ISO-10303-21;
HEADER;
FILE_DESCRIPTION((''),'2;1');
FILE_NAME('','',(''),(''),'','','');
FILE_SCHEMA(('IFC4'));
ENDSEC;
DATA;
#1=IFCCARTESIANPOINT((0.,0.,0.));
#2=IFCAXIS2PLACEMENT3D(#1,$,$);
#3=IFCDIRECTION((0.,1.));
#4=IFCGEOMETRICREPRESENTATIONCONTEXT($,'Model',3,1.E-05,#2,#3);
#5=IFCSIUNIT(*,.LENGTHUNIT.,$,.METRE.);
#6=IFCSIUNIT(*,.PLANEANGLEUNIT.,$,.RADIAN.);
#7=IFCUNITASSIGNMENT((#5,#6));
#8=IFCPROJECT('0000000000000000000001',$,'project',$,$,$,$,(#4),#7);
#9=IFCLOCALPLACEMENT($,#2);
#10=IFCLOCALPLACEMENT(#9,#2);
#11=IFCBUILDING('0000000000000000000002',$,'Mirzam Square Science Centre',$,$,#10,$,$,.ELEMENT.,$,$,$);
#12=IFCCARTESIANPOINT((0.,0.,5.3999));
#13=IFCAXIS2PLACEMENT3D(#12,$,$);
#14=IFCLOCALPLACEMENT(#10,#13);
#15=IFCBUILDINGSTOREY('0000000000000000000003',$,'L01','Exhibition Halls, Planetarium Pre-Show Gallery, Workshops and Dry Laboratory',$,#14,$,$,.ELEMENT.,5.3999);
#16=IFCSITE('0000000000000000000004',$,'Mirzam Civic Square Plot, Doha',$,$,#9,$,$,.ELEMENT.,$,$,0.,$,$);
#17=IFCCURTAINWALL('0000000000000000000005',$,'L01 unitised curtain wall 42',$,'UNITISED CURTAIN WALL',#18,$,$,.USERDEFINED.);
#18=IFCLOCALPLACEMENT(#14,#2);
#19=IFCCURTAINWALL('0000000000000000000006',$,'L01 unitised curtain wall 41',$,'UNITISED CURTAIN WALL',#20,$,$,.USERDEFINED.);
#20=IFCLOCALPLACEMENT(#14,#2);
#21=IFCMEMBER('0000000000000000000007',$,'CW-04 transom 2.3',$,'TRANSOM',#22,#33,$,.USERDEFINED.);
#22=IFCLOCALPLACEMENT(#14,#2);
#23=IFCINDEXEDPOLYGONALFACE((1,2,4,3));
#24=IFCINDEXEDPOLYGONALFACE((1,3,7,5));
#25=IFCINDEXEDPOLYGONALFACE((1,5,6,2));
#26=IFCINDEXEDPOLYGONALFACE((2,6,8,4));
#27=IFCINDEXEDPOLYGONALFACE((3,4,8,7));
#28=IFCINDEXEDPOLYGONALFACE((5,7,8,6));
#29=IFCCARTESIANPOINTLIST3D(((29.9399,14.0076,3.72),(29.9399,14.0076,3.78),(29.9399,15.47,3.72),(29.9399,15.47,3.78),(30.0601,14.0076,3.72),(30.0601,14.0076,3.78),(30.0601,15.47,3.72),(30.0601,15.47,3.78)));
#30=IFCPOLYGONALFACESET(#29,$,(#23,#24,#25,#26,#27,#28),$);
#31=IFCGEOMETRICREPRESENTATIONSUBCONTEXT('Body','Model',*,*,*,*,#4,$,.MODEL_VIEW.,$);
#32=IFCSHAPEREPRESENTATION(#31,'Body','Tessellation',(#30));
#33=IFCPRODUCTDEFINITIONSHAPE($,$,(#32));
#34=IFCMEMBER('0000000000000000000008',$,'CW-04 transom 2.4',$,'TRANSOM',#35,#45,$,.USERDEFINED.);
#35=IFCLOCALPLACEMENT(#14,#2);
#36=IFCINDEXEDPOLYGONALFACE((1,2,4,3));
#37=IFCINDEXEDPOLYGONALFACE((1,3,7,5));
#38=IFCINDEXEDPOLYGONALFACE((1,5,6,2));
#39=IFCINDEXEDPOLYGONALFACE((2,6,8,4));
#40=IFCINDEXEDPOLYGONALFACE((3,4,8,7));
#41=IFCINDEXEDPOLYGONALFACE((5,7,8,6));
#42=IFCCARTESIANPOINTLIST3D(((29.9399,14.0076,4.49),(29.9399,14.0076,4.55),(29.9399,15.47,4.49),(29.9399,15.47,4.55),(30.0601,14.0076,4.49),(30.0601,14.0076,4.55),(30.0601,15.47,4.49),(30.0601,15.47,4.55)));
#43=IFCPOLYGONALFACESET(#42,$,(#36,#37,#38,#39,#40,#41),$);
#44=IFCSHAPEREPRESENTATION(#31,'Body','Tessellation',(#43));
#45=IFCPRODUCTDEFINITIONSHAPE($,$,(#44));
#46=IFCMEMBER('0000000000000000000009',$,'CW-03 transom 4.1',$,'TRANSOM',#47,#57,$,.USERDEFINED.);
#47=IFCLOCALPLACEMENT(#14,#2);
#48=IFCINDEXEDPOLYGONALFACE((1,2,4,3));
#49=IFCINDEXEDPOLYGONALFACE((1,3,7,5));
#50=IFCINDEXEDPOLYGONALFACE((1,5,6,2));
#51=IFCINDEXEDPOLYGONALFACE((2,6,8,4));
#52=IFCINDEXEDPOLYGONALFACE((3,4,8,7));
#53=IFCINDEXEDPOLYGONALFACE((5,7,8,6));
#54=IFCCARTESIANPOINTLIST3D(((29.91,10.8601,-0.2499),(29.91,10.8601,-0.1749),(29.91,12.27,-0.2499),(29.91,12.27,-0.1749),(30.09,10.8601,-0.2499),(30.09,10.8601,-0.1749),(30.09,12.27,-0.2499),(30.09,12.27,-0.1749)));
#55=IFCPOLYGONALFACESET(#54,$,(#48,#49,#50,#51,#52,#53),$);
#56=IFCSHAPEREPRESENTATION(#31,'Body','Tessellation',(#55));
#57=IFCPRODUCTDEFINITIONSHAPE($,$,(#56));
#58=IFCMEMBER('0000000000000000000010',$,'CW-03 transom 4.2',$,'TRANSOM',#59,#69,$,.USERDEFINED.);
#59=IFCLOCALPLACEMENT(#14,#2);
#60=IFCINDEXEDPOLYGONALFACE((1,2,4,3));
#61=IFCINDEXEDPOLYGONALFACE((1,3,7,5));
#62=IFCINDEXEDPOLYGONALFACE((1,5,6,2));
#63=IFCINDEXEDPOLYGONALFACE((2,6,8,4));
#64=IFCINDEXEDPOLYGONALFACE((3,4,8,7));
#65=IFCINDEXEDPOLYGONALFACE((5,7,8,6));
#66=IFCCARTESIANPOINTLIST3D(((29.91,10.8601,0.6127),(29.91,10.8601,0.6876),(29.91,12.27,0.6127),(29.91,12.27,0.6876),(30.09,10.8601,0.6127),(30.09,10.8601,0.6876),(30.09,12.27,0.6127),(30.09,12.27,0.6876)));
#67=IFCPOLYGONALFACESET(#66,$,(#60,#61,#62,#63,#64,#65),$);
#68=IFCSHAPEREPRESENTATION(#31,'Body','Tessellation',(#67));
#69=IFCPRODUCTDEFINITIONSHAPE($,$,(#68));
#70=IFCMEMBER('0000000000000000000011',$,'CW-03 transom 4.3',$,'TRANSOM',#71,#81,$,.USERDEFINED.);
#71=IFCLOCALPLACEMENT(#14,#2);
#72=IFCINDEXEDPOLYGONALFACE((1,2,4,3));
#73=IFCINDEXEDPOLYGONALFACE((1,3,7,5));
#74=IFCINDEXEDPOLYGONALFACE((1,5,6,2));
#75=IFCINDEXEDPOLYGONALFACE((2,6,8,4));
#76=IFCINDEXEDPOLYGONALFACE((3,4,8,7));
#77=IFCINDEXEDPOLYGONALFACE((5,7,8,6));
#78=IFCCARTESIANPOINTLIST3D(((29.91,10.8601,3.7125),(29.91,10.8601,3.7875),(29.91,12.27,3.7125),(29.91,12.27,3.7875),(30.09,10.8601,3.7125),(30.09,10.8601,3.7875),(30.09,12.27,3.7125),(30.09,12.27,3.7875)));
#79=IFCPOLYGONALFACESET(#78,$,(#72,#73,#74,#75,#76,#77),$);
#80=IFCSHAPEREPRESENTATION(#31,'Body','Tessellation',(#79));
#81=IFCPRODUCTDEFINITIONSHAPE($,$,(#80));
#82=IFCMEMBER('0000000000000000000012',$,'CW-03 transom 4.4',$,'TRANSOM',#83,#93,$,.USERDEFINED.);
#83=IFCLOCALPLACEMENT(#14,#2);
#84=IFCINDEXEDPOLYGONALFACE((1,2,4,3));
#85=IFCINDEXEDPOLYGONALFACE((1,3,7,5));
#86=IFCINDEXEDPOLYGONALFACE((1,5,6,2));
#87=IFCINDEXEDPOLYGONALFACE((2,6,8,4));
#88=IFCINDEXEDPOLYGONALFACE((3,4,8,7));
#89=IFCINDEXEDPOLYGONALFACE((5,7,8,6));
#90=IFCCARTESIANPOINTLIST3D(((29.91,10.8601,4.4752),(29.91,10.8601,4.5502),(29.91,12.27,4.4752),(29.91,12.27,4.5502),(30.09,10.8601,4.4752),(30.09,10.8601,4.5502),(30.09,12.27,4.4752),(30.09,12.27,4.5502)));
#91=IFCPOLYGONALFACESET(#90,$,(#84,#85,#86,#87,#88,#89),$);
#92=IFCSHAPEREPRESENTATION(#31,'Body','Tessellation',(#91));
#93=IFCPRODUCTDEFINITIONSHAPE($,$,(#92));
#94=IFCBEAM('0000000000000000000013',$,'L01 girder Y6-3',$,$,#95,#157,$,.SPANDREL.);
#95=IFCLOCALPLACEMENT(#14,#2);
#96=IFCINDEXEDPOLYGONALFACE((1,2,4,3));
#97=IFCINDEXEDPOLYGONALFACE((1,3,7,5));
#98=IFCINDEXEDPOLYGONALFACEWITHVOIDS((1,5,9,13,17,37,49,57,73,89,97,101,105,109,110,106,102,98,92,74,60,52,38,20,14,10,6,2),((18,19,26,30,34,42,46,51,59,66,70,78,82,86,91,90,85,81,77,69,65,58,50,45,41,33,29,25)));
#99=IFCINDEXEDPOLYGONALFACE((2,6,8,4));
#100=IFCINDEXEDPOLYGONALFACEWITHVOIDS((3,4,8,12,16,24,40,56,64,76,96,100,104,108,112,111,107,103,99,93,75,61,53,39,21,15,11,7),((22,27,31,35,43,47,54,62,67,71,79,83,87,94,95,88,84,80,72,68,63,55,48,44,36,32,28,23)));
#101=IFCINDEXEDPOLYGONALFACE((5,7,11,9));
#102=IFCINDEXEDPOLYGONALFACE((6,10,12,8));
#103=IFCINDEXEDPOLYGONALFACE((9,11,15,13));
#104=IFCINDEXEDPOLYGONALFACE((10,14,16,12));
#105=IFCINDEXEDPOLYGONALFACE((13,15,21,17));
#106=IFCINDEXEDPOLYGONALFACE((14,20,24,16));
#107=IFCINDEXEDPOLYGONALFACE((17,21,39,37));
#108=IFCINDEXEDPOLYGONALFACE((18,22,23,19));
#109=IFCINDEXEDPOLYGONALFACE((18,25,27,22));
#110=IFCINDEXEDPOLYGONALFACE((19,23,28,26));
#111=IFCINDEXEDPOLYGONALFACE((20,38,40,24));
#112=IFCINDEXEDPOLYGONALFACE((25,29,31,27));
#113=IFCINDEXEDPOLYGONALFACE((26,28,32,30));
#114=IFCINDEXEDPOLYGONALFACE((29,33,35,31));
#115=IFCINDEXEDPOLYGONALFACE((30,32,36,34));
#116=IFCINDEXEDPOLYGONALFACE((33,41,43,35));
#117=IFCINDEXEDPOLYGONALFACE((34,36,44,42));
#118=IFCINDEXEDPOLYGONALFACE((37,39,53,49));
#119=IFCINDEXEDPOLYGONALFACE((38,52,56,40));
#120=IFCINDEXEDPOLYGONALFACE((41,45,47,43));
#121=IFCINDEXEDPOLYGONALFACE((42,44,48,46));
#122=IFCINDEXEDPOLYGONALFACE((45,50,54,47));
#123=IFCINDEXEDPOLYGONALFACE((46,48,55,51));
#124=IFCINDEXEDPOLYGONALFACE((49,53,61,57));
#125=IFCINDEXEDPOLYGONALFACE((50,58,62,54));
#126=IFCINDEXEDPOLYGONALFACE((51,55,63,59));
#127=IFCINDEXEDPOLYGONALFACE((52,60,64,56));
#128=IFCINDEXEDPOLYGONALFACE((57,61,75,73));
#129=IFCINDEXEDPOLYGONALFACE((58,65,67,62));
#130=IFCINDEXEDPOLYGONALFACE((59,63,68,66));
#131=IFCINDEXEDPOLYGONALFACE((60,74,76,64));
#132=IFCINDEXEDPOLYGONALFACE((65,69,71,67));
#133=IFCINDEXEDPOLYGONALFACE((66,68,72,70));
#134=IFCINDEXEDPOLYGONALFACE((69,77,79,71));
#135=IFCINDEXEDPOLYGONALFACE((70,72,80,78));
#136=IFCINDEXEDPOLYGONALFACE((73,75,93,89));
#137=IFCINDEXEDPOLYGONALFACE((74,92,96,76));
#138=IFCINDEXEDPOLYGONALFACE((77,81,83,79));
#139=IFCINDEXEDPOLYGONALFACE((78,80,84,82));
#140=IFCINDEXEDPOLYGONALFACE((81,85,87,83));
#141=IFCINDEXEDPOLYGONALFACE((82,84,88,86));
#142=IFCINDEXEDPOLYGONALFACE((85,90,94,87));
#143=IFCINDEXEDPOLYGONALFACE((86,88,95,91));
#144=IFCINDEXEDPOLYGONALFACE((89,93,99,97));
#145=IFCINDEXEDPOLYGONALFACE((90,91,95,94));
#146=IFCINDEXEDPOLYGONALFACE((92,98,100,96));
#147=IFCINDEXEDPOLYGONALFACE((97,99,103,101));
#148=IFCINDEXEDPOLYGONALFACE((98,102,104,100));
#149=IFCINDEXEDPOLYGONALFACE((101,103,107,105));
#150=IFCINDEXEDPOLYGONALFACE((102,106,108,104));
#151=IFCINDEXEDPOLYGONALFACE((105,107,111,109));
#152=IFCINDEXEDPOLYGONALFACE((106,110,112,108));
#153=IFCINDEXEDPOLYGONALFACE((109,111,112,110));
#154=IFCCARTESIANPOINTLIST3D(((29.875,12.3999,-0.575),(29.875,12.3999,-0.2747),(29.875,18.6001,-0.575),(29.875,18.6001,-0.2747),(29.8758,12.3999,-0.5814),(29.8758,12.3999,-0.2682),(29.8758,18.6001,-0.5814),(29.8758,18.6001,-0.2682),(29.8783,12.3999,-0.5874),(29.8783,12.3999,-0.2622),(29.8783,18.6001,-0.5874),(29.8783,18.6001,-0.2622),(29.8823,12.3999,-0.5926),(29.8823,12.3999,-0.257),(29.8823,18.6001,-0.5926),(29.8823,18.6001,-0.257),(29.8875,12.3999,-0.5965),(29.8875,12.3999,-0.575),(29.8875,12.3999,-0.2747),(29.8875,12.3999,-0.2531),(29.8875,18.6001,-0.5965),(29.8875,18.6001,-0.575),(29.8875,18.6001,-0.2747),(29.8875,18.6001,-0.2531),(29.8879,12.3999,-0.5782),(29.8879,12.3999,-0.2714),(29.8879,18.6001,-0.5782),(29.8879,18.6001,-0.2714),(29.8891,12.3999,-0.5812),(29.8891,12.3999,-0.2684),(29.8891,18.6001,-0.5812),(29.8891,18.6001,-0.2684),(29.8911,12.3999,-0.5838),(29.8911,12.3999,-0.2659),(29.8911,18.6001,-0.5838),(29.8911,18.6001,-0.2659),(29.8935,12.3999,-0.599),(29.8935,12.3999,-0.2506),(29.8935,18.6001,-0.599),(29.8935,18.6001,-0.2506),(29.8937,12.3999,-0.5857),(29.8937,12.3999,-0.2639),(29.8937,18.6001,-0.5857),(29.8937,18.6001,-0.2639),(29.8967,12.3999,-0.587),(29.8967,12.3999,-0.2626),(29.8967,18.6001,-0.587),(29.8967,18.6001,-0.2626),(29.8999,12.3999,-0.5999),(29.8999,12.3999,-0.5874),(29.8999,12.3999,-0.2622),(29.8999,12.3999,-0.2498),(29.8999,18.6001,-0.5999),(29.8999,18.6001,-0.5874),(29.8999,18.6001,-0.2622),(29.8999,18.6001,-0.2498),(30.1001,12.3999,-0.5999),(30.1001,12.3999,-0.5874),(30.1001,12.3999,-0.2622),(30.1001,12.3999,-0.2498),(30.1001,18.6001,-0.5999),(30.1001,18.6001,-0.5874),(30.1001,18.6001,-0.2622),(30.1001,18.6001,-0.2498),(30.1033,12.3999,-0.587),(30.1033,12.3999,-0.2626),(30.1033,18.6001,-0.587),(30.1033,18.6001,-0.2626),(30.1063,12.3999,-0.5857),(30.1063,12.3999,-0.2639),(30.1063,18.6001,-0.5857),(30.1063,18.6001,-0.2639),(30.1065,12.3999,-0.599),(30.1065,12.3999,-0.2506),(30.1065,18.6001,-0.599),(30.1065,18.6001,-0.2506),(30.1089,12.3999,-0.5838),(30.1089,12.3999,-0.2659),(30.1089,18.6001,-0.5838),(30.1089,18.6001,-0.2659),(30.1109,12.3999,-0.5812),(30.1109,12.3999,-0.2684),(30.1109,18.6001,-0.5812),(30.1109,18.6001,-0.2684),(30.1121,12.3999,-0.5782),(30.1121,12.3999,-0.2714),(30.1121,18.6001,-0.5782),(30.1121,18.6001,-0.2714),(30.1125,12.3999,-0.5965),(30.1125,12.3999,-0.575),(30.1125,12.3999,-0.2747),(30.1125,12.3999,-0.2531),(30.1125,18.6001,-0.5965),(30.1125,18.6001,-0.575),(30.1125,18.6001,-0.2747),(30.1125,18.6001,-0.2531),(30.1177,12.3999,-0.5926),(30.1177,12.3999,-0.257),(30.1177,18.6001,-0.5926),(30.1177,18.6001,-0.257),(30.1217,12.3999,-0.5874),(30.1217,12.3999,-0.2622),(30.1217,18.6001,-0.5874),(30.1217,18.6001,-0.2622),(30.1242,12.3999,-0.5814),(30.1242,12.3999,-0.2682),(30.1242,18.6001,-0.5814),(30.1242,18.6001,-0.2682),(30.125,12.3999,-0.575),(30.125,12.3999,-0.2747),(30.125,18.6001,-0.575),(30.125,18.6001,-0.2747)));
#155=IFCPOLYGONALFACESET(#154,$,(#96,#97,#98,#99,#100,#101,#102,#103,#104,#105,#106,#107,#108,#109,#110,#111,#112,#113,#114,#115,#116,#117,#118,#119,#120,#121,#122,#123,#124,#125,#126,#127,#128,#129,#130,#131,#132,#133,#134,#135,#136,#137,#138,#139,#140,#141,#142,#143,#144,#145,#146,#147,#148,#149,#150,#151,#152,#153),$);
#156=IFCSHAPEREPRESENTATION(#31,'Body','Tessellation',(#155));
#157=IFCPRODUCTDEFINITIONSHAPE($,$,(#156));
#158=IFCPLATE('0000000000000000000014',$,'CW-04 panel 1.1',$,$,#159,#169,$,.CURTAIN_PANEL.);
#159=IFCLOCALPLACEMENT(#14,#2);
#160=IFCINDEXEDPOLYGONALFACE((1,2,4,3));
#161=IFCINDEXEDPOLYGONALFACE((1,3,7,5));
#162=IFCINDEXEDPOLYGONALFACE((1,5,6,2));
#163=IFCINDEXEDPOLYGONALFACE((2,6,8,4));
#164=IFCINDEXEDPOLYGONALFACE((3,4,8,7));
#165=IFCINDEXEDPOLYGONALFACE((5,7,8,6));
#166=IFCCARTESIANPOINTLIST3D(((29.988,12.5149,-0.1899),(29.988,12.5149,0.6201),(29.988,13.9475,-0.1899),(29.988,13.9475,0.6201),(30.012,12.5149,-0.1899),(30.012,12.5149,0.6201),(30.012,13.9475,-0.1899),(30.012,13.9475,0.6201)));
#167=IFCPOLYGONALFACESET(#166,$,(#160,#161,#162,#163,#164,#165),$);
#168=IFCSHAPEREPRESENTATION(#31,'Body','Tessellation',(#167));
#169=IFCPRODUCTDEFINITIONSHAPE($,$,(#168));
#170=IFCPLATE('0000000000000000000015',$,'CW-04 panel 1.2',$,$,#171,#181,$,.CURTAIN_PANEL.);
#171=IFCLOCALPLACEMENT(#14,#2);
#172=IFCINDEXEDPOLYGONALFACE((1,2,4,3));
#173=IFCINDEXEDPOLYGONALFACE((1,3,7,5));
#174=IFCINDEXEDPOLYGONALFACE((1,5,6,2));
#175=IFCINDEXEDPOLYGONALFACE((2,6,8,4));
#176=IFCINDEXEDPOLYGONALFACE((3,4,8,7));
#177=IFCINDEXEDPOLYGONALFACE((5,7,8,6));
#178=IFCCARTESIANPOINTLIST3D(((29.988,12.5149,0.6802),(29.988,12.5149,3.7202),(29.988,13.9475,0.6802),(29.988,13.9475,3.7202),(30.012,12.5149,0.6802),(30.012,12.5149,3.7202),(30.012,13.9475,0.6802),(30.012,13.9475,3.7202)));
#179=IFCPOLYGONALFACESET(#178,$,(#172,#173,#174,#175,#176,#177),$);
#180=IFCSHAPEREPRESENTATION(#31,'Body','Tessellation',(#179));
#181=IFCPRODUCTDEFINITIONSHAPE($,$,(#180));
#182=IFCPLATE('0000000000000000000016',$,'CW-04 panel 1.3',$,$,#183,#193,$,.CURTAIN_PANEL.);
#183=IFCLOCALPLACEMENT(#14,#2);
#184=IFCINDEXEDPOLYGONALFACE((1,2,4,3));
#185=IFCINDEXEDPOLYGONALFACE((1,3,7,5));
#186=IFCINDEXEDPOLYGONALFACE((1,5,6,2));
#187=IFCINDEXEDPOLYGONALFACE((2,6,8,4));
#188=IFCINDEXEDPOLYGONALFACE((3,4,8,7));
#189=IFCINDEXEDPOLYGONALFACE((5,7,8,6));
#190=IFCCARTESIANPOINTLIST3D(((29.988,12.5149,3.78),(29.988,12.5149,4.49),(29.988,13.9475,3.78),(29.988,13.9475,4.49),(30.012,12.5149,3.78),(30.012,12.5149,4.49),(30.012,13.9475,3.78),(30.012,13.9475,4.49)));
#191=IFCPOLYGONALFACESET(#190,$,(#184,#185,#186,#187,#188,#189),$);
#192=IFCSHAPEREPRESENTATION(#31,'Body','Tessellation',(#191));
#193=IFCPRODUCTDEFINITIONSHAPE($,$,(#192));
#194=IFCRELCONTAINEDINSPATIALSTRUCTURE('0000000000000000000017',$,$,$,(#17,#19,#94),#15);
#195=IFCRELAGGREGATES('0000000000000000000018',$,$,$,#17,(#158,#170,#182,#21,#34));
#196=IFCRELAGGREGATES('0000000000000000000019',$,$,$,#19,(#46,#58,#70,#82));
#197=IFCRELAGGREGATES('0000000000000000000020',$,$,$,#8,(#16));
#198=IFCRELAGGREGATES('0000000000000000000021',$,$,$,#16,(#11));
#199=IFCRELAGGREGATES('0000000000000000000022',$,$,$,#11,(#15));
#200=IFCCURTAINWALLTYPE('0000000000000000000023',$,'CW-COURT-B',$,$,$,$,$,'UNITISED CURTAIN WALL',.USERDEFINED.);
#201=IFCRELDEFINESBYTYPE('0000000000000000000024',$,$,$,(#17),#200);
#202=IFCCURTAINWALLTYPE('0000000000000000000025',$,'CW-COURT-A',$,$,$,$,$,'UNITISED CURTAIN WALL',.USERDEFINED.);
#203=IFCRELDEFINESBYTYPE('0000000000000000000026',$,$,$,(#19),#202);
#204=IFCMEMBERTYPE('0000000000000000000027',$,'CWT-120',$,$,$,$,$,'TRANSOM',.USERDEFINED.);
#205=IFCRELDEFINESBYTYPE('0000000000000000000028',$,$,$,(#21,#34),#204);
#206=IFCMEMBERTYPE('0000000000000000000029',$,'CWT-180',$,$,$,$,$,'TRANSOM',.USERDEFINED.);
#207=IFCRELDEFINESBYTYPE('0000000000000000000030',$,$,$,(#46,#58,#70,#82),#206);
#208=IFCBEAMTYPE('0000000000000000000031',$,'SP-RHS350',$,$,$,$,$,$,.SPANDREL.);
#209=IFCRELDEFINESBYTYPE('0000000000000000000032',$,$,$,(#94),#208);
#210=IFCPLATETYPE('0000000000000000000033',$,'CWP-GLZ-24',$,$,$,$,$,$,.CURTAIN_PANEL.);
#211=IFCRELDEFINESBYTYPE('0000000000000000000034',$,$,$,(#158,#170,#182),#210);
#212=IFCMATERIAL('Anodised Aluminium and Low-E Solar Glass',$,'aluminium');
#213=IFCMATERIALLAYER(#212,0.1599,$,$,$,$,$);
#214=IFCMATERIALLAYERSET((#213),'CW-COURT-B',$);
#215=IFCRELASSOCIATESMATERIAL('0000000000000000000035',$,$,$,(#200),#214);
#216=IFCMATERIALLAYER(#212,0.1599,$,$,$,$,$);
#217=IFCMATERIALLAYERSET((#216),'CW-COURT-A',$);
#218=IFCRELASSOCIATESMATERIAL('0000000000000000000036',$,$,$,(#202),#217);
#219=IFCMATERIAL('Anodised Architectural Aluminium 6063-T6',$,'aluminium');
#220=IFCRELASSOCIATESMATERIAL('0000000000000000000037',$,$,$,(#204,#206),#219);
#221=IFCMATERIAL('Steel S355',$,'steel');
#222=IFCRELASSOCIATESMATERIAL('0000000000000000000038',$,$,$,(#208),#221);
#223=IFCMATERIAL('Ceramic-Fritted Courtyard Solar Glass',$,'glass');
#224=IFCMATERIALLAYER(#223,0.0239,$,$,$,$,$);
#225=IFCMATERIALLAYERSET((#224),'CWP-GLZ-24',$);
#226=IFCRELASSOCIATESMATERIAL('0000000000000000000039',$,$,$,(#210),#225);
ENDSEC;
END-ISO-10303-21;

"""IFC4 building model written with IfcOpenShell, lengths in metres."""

from ifc_helpers import new_model, si_unit, direction, frame, origin, origin_2d, place, context, subcontext, project, spatial, rectangle, hollow_rectangle, extrude, material, layer, layer_set, material_profile, profile_set, type_object, element, aggregate, save


model = new_model("IFC4")

# Units and contexts
model_context = context("Model", 3, precision=1e-05, world=origin(), true_north=direction((0.0, 1.0)))
body_context = subcontext(model_context, "Body", "Model", "MODEL_VIEW")
ifc_project = project(units=[si_unit("LENGTHUNIT", "METRE"), si_unit("PLANEANGLEUNIT", "RADIAN")], contexts=[model_context])

# Site, building, storey
site_placement = place(None, origin())
site = spatial("IfcSite", under=ifc_project, at=site_placement, Name="Mirzam Civic Square Plot, Doha", CompositionType="ELEMENT", RefElevation=0.0)
building_placement = place(site_placement, origin())
building = spatial("IfcBuilding", under=site, at=building_placement, Name="Mirzam Square Science Centre", CompositionType="ELEMENT")
storey_placement = place(building_placement, frame((0.0, 0.0, 5.3999)))
storey = spatial("IfcBuildingStorey", under=building, at=storey_placement, Name="L01", Description="Exhibition Halls, Planetarium Pre-Show Gallery, Workshops and Dry Laboratory", CompositionType="ELEMENT", Elevation=5.3999)

# Shared definitions
ifc_material_1 = material(Name="Steel S355", Category="steel")

# Curtain walls
ifc_material_2 = material(Name="Anodised Aluminium and Low-E Solar Glass", Category="aluminium")
ifc_layer_1 = layer(ifc_material_2, 0.1599)
ifc_layer_set_1 = layer_set([ifc_layer_1], Name="CW-COURT-B")
curtain_wall_type_1 = type_object("IfcCurtainWallType", Name="CW-COURT-B", ElementType="UNITISED CURTAIN WALL", PredefinedType="USERDEFINED", material=ifc_layer_set_1)
curtain_wall_1_placement = place(storey_placement, origin())
curtain_wall_1 = element("IfcCurtainWall", 1, at=curtain_wall_1_placement, inside=storey, type_object=curtain_wall_type_1, Name="L01 unitised curtain wall 42", ObjectType="UNITISED CURTAIN WALL", PredefinedType="USERDEFINED")
ifc_material_3 = material(Name="Anodised Architectural Aluminium 6063-T6", Category="aluminium")
ifc_layer_2 = layer(ifc_material_2, 0.1599)
ifc_layer_set_2 = layer_set([ifc_layer_2], Name="CW-COURT-A")
curtain_wall_type_2 = type_object("IfcCurtainWallType", Name="CW-COURT-A", ElementType="UNITISED CURTAIN WALL", PredefinedType="USERDEFINED", material=ifc_layer_set_2)
curtain_wall_2_placement = place(storey_placement, origin())
curtain_wall_2 = element("IfcCurtainWall", 2, at=curtain_wall_2_placement, inside=storey, type_object=curtain_wall_type_2, Name="L01 unitised curtain wall 41", ObjectType="UNITISED CURTAIN WALL", PredefinedType="USERDEFINED")

# Members
ifc_material_profile_1 = material_profile(ifc_material_3, rectangle(XDim=0.1201, YDim=0.0601, at=origin_2d()), Name="ALU-TRAN-120x60x4")
ifc_profile_set_1 = profile_set([ifc_material_profile_1], Name="Anodised Architectural Aluminium 6063-T6")
member_type_1 = type_object("IfcMemberType", Name="CWT-120", ElementType="TRANSOM", PredefinedType="USERDEFINED", material=ifc_profile_set_1)
member_1_placement = place(storey_placement, frame((30.0, 14.0076, 3.75), z_axis=(0.0, 1.0, 0.0), x_axis=(-1.0, 0.0, 0.0)))
member_1 = element("IfcMember", 3, at=member_1_placement, type_object=member_type_1, Name="CW-04 transom 2.3", ObjectType="TRANSOM", PredefinedType="USERDEFINED", context=body_context, shape_type="SweptSolid", body=[
    extrude(rectangle(XDim=0.1201, YDim=0.0601, at=origin_2d()), origin(), (0.0, 0.0, 1.0), 1.4624),
])
member_2_placement = place(storey_placement, frame((30.0, 14.0076, 4.52), z_axis=(0.0, 1.0, 0.0), x_axis=(-1.0, 0.0, 0.0)))
member_2 = element("IfcMember", 4, at=member_2_placement, type_object=member_type_1, Name="CW-04 transom 2.4", ObjectType="TRANSOM", PredefinedType="USERDEFINED", context=body_context, shape_type="SweptSolid", body=[
    extrude(rectangle(XDim=0.1201, YDim=0.0601, at=origin_2d()), origin(), (0.0, 0.0, 1.0), 1.4624),
])
ifc_material_profile_2 = material_profile(ifc_material_3, rectangle(XDim=0.1799, YDim=0.075, at=origin_2d()), Name="ALU-TRAN-180x75x5")
ifc_profile_set_2 = profile_set([ifc_material_profile_2], Name="Anodised Architectural Aluminium 6063-T6")
member_type_2 = type_object("IfcMemberType", Name="CWT-180", ElementType="TRANSOM", PredefinedType="USERDEFINED", material=ifc_profile_set_2)
member_3_placement = place(storey_placement, frame((30.0, 10.8601, -0.2124), z_axis=(0.0, 1.0, 0.0), x_axis=(-1.0, 0.0, 0.0)))
member_3 = element("IfcMember", 5, at=member_3_placement, type_object=member_type_2, Name="CW-03 transom 4.1", ObjectType="TRANSOM", PredefinedType="USERDEFINED", context=body_context, shape_type="SweptSolid", body=[
    extrude(rectangle(XDim=0.1799, YDim=0.075, at=origin_2d()), origin(), (0.0, 0.0, 1.0), 1.4099),
])
member_4_placement = place(storey_placement, frame((30.0, 10.8601, 0.6501), z_axis=(0.0, 1.0, 0.0), x_axis=(-1.0, 0.0, 0.0)))
member_4 = element("IfcMember", 6, at=member_4_placement, type_object=member_type_2, Name="CW-03 transom 4.2", ObjectType="TRANSOM", PredefinedType="USERDEFINED", context=body_context, shape_type="SweptSolid", body=[
    extrude(rectangle(XDim=0.1799, YDim=0.075, at=origin_2d()), origin(), (0.0, 0.0, 1.0), 1.4099),
])
member_5_placement = place(storey_placement, frame((30.0, 10.8601, 3.75), z_axis=(0.0, 1.0, 0.0), x_axis=(-1.0, 0.0, 0.0)))
member_5 = element("IfcMember", 7, at=member_5_placement, type_object=member_type_2, Name="CW-03 transom 4.3", ObjectType="TRANSOM", PredefinedType="USERDEFINED", context=body_context, shape_type="SweptSolid", body=[
    extrude(rectangle(XDim=0.1799, YDim=0.075, at=origin_2d()), origin(), (0.0, 0.0, 1.0), 1.4099),
])
member_6_placement = place(storey_placement, frame((30.0, 10.8601, 4.5127), z_axis=(0.0, 1.0, 0.0), x_axis=(-1.0, 0.0, 0.0)))
member_6 = element("IfcMember", 8, at=member_6_placement, type_object=member_type_2, Name="CW-03 transom 4.4", ObjectType="TRANSOM", PredefinedType="USERDEFINED", context=body_context, shape_type="SweptSolid", body=[
    extrude(rectangle(XDim=0.1799, YDim=0.075, at=origin_2d()), origin(), (0.0, 0.0, 1.0), 1.4099),
])

# Beam
ifc_material_profile_3 = material_profile(ifc_material_1, hollow_rectangle(XDim=0.25, YDim=0.3501, WallThickness=0.0125, InnerFilletRadius=0.0125, OuterFilletRadius=0.0249, at=origin_2d()), Name="350x250x12.5RHS")
ifc_profile_set_3 = profile_set([ifc_material_profile_3], Name="Steel S355")
beam_type = type_object("IfcBeamType", Name="SP-RHS350", PredefinedType="SPANDREL", material=ifc_profile_set_3)
beam_placement = place(storey_placement, frame((30.0, 12.3999, -0.4248), z_axis=(0.0, 1.0, 0.0), x_axis=(-1.0, 0.0, 0.0)))
element("IfcBeam", 9, at=beam_placement, inside=storey, type_object=beam_type, Name="L01 girder Y6-3", PredefinedType="SPANDREL", context=body_context, shape_type="SweptSolid", body=[
    extrude(hollow_rectangle(XDim=0.25, YDim=0.3501, WallThickness=0.0125, InnerFilletRadius=0.0125, OuterFilletRadius=0.0249, at=origin_2d()), origin(), (0.0, 0.0, 1.0), 6.2002),
])

# Plates
ifc_material_4 = material(Name="Ceramic-Fritted Courtyard Solar Glass", Category="glass")
ifc_layer_3 = layer(ifc_material_4, 0.0239)
ifc_layer_set_3 = layer_set([ifc_layer_3], Name="CWP-GLZ-24")
plate_type_1 = type_object("IfcPlateType", Name="CWP-GLZ-24", PredefinedType="CURTAIN_PANEL", material=ifc_layer_set_3)
plate_1_placement = place(storey_placement, frame((30.0, 13.2312, -0.1899), z_axis=(0.0, 0.0, 1.0), x_axis=(0.0, 1.0, 0.0)))
plate_1 = element("IfcPlate", 10, at=plate_1_placement, type_object=plate_type_1, Name="CW-04 panel 1.1", PredefinedType="CURTAIN_PANEL", context=body_context, shape_type="SweptSolid", body=[
    extrude(rectangle(XDim=1.4326, YDim=0.0239, at=origin_2d()), origin(), (0.0, 0.0, 1.0), 0.8101),
])
plate_2_placement = place(storey_placement, frame((30.0, 13.2312, 0.6802), z_axis=(0.0, 0.0, 1.0), x_axis=(0.0, 1.0, 0.0)))
plate_2 = element("IfcPlate", 11, at=plate_2_placement, type_object=plate_type_1, Name="CW-04 panel 1.2", PredefinedType="CURTAIN_PANEL", context=body_context, shape_type="SweptSolid", body=[
    extrude(rectangle(XDim=1.4326, YDim=0.0239, at=origin_2d()), origin(), (0.0, 0.0, 1.0), 3.04),
])
plate_3_placement = place(storey_placement, frame((30.0, 13.2312, 3.78), z_axis=(0.0, 0.0, 1.0), x_axis=(0.0, 1.0, 0.0)))
plate_3 = element("IfcPlate", 12, at=plate_3_placement, type_object=plate_type_1, Name="CW-04 panel 1.3", PredefinedType="CURTAIN_PANEL", context=body_context, shape_type="SweptSolid", body=[
    extrude(rectangle(XDim=1.4326, YDim=0.0239, at=origin_2d()), origin(), (0.0, 0.0, 1.0), 0.71),
])
aggregate(curtain_wall_1, [plate_1, plate_2, plate_3, member_1, member_2])
aggregate(curtain_wall_2, [member_3, member_4, member_5, member_6])

save(model, "model.ifc")
